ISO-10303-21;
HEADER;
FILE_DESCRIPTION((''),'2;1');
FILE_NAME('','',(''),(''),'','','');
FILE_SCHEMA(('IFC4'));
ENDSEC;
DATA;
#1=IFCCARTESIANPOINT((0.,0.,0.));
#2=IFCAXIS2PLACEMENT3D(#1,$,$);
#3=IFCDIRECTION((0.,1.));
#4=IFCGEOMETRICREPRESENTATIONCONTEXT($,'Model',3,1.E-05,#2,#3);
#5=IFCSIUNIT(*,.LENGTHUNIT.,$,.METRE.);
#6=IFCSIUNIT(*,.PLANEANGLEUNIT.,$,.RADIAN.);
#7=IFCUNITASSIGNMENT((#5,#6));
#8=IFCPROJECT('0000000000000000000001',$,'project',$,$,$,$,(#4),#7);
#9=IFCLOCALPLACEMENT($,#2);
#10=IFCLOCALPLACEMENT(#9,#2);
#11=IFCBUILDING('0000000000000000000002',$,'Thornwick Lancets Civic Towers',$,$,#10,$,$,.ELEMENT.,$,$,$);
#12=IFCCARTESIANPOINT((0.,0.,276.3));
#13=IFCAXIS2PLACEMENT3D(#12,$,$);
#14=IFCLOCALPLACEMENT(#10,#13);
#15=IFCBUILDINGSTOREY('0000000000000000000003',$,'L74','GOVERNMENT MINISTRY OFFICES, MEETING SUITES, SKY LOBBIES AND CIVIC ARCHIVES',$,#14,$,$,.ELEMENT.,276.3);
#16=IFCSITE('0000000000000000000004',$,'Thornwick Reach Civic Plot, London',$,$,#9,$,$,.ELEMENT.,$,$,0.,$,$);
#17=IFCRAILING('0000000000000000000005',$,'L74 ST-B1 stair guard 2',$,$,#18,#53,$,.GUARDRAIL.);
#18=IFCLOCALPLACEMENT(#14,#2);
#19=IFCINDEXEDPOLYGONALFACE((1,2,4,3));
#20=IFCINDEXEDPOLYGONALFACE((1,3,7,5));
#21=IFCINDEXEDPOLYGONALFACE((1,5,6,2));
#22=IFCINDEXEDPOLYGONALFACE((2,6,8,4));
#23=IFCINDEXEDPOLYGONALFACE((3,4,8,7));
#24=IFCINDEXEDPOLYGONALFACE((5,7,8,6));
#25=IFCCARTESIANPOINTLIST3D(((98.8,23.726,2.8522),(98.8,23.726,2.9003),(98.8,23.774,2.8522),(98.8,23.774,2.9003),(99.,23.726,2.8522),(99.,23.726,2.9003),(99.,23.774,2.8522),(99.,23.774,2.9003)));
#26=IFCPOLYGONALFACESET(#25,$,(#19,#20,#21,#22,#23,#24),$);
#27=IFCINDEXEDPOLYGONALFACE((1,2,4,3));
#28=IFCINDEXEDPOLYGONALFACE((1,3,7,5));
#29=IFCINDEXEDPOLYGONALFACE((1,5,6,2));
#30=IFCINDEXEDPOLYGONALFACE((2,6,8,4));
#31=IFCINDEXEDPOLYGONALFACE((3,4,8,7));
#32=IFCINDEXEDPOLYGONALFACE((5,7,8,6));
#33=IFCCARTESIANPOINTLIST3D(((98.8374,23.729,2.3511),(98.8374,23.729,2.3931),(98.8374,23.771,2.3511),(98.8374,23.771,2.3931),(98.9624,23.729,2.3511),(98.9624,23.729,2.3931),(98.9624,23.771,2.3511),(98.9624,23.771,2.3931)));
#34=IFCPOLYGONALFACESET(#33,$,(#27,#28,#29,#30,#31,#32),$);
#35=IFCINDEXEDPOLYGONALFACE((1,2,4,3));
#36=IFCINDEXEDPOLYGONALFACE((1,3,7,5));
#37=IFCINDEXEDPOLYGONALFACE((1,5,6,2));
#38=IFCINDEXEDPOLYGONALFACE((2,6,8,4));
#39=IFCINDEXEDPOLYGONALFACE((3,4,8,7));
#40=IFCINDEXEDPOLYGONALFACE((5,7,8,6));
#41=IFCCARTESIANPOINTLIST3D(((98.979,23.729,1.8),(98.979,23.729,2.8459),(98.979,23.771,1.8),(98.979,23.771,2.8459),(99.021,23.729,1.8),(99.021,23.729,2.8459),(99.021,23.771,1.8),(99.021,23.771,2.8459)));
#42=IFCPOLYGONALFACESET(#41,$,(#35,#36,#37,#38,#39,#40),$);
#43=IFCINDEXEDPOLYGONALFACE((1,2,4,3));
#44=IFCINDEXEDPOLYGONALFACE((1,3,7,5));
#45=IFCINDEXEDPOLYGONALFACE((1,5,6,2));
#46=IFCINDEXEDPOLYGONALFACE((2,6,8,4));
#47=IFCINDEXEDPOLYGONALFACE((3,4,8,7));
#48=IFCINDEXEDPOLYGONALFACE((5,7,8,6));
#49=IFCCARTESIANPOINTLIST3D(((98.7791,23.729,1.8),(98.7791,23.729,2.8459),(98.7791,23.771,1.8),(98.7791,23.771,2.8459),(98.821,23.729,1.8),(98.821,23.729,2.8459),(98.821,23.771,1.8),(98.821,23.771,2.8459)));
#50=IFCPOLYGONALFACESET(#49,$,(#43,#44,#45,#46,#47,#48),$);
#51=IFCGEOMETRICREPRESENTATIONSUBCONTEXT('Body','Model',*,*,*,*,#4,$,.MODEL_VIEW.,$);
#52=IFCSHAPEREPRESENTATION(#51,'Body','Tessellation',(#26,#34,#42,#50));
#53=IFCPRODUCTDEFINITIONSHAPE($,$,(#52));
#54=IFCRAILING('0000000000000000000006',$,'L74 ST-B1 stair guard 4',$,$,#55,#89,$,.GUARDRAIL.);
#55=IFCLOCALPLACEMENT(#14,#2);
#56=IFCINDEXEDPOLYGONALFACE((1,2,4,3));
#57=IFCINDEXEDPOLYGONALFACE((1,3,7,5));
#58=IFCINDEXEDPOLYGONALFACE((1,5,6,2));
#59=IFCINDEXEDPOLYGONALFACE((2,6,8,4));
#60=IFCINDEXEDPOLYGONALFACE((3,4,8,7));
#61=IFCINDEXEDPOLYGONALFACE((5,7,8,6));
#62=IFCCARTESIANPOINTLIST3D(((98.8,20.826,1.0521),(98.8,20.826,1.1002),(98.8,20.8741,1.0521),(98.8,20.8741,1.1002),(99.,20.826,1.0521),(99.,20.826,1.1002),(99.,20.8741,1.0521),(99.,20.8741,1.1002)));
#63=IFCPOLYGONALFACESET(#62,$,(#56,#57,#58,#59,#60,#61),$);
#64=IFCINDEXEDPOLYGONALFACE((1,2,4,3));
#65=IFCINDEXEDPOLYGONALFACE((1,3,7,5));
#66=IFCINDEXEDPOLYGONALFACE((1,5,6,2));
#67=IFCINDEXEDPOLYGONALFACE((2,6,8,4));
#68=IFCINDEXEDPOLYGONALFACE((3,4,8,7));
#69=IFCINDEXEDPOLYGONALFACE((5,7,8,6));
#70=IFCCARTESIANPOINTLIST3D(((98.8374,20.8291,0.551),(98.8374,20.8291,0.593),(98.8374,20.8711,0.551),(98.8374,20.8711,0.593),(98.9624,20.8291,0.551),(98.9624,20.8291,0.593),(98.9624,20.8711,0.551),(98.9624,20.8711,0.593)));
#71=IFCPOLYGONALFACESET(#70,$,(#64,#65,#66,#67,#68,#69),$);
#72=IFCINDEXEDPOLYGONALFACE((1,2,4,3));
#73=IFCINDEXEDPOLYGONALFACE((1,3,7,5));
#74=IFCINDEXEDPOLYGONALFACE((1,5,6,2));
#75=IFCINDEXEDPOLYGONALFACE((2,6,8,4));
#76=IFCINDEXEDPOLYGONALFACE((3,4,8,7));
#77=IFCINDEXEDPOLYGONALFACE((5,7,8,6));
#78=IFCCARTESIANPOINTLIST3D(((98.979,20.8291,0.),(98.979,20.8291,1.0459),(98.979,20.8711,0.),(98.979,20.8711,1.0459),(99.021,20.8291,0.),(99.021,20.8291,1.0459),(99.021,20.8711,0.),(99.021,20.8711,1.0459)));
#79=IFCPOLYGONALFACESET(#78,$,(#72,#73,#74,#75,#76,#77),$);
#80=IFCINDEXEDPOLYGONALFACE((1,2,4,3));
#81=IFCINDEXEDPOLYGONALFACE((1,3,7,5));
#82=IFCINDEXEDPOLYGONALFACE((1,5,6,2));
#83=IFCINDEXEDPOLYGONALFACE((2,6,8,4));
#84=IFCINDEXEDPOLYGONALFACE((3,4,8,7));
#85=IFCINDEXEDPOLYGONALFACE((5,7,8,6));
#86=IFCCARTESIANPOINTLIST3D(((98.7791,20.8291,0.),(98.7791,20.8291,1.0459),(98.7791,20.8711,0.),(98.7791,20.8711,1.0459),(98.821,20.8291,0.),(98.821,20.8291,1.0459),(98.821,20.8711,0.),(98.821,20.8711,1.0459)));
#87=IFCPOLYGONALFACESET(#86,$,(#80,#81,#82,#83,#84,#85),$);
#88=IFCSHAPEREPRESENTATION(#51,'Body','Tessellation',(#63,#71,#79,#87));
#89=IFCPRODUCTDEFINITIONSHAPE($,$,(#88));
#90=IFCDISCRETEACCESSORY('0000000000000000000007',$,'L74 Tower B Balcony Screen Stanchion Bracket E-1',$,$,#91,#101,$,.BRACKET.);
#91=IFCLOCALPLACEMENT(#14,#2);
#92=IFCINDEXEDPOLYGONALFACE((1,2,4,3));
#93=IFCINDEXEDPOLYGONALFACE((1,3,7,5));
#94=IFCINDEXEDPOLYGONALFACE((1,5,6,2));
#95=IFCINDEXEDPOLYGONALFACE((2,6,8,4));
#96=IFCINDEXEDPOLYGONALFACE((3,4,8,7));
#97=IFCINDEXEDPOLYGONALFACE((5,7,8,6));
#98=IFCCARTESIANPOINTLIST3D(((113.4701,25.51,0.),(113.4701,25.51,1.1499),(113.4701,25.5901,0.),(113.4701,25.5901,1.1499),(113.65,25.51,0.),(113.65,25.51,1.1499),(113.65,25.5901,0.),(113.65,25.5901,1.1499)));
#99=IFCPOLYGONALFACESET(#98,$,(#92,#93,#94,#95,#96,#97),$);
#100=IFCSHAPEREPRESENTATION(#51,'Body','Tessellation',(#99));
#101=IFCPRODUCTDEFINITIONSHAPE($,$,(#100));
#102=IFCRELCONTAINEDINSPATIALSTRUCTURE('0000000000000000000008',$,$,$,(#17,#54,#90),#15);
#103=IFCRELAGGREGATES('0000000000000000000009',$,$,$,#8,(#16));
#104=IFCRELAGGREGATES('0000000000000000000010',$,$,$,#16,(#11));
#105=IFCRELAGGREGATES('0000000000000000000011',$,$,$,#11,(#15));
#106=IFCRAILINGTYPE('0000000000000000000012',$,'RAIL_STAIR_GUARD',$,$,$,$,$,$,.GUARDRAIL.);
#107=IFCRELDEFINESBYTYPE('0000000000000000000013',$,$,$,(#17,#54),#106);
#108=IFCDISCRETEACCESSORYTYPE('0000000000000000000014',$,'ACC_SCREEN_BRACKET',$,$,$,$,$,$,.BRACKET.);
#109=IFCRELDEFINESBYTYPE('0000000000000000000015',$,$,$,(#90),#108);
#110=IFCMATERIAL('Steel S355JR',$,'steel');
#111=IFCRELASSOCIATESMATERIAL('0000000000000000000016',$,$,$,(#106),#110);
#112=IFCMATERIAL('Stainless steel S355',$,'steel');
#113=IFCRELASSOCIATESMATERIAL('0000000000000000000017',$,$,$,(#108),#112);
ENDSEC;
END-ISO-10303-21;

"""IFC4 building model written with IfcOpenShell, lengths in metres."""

from ifc_helpers import new_model, si_unit, direction, frame, origin, origin_2d, place, context, subcontext, project, spatial, rectangle, extrude, material, type_object, element, save


model = new_model("IFC4")

# Units and contexts
model_context = context("Model", 3, precision=1e-05, world=origin(), true_north=direction((0.0, 1.0)))
body_context = subcontext(model_context, "Body", "Model", "MODEL_VIEW")
ifc_project = project(units=[si_unit("LENGTHUNIT", "METRE"), si_unit("PLANEANGLEUNIT", "RADIAN")], contexts=[model_context])

# Site, building, storey
site_placement = place(None, origin())
site = spatial("IfcSite", under=ifc_project, at=site_placement, Name="Thornwick Reach Civic Plot, London", CompositionType="ELEMENT", RefElevation=0.0)
building_placement = place(site_placement, origin())
building = spatial("IfcBuilding", under=site, at=building_placement, Name="Thornwick Lancets Civic Towers", CompositionType="ELEMENT")
storey_placement = place(building_placement, frame((0.0, 0.0, 276.3)))
storey = spatial("IfcBuildingStorey", under=building, at=storey_placement, Name="L74", Description="GOVERNMENT MINISTRY OFFICES, MEETING SUITES, SKY LOBBIES AND CIVIC ARCHIVES", CompositionType="ELEMENT", Elevation=276.3)

# Shared definitions
ifc_material_1 = material(Name="Steel S355JR", Category="steel")

# Railings
railing_type_1 = type_object("IfcRailingType", Name="RAIL_STAIR_GUARD", PredefinedType="GUARDRAIL", material=ifc_material_1)
for number, where, name in (
    (1, (99.0, 23.75, 1.8), "L74 ST-B1 stair guard 2"),
    (2, (99.0, 20.8501, 0.0), "L74 ST-B1 stair guard 4"),
):
    element("IfcRailing", number, at=place(storey_placement, frame(where)), inside=storey, type_object=railing_type_1, Name=name, PredefinedType="GUARDRAIL", context=body_context, shape_type="SweptSolid", body=[
        extrude(rectangle(XDim=0.0481, YDim=0.0481, at=origin_2d()), frame((0.0, 0.0, 1.0762), z_axis=(-1.0, 0.0, 0.0), x_axis=(0.0, -1.0, 0.0)), (0.0, 0.0, 1.0), 0.2),
        extrude(rectangle(XDim=0.042, YDim=0.042, at=origin_2d()), frame((-0.0376, 0.0, 0.572), z_axis=(-1.0, 0.0, 0.0), x_axis=(0.0, -1.0, 0.0)), (0.0, 0.0, 1.0), 0.125),
        extrude(rectangle(XDim=0.042, YDim=0.042, at=origin_2d()), origin(), (0.0, 0.0, 1.0), 1.0459),
        extrude(rectangle(XDim=0.042, YDim=0.042, at=origin_2d()), frame((-0.2, 0.0, 0.0)), (0.0, 0.0, 1.0), 1.0459),
    ])

# Discrete accessory
ifc_material_2 = material(Name="Stainless steel S355", Category="steel")
discrete_accessory_type = type_object("IfcDiscreteAccessoryType", Name="ACC_SCREEN_BRACKET", PredefinedType="BRACKET", material=ifc_material_2)
discrete_accessory_placement = place(storey_placement, frame((113.5601, 25.55, 0.0), z_axis=(0.0, 0.0, 1.0), x_axis=(0.0, 1.0, 0.0)))
element("IfcDiscreteAccessory", 3, at=discrete_accessory_placement, inside=storey, type_object=discrete_accessory_type, Name="L74 Tower B Balcony Screen Stanchion Bracket E-1", PredefinedType="BRACKET", context=body_context, shape_type="SweptSolid", body=[
    extrude(rectangle(XDim=0.0801, YDim=0.1799, at=origin_2d()), origin(), (0.0, 0.0, 1.0), 1.1499),
])

save(model, "model.ifc")
